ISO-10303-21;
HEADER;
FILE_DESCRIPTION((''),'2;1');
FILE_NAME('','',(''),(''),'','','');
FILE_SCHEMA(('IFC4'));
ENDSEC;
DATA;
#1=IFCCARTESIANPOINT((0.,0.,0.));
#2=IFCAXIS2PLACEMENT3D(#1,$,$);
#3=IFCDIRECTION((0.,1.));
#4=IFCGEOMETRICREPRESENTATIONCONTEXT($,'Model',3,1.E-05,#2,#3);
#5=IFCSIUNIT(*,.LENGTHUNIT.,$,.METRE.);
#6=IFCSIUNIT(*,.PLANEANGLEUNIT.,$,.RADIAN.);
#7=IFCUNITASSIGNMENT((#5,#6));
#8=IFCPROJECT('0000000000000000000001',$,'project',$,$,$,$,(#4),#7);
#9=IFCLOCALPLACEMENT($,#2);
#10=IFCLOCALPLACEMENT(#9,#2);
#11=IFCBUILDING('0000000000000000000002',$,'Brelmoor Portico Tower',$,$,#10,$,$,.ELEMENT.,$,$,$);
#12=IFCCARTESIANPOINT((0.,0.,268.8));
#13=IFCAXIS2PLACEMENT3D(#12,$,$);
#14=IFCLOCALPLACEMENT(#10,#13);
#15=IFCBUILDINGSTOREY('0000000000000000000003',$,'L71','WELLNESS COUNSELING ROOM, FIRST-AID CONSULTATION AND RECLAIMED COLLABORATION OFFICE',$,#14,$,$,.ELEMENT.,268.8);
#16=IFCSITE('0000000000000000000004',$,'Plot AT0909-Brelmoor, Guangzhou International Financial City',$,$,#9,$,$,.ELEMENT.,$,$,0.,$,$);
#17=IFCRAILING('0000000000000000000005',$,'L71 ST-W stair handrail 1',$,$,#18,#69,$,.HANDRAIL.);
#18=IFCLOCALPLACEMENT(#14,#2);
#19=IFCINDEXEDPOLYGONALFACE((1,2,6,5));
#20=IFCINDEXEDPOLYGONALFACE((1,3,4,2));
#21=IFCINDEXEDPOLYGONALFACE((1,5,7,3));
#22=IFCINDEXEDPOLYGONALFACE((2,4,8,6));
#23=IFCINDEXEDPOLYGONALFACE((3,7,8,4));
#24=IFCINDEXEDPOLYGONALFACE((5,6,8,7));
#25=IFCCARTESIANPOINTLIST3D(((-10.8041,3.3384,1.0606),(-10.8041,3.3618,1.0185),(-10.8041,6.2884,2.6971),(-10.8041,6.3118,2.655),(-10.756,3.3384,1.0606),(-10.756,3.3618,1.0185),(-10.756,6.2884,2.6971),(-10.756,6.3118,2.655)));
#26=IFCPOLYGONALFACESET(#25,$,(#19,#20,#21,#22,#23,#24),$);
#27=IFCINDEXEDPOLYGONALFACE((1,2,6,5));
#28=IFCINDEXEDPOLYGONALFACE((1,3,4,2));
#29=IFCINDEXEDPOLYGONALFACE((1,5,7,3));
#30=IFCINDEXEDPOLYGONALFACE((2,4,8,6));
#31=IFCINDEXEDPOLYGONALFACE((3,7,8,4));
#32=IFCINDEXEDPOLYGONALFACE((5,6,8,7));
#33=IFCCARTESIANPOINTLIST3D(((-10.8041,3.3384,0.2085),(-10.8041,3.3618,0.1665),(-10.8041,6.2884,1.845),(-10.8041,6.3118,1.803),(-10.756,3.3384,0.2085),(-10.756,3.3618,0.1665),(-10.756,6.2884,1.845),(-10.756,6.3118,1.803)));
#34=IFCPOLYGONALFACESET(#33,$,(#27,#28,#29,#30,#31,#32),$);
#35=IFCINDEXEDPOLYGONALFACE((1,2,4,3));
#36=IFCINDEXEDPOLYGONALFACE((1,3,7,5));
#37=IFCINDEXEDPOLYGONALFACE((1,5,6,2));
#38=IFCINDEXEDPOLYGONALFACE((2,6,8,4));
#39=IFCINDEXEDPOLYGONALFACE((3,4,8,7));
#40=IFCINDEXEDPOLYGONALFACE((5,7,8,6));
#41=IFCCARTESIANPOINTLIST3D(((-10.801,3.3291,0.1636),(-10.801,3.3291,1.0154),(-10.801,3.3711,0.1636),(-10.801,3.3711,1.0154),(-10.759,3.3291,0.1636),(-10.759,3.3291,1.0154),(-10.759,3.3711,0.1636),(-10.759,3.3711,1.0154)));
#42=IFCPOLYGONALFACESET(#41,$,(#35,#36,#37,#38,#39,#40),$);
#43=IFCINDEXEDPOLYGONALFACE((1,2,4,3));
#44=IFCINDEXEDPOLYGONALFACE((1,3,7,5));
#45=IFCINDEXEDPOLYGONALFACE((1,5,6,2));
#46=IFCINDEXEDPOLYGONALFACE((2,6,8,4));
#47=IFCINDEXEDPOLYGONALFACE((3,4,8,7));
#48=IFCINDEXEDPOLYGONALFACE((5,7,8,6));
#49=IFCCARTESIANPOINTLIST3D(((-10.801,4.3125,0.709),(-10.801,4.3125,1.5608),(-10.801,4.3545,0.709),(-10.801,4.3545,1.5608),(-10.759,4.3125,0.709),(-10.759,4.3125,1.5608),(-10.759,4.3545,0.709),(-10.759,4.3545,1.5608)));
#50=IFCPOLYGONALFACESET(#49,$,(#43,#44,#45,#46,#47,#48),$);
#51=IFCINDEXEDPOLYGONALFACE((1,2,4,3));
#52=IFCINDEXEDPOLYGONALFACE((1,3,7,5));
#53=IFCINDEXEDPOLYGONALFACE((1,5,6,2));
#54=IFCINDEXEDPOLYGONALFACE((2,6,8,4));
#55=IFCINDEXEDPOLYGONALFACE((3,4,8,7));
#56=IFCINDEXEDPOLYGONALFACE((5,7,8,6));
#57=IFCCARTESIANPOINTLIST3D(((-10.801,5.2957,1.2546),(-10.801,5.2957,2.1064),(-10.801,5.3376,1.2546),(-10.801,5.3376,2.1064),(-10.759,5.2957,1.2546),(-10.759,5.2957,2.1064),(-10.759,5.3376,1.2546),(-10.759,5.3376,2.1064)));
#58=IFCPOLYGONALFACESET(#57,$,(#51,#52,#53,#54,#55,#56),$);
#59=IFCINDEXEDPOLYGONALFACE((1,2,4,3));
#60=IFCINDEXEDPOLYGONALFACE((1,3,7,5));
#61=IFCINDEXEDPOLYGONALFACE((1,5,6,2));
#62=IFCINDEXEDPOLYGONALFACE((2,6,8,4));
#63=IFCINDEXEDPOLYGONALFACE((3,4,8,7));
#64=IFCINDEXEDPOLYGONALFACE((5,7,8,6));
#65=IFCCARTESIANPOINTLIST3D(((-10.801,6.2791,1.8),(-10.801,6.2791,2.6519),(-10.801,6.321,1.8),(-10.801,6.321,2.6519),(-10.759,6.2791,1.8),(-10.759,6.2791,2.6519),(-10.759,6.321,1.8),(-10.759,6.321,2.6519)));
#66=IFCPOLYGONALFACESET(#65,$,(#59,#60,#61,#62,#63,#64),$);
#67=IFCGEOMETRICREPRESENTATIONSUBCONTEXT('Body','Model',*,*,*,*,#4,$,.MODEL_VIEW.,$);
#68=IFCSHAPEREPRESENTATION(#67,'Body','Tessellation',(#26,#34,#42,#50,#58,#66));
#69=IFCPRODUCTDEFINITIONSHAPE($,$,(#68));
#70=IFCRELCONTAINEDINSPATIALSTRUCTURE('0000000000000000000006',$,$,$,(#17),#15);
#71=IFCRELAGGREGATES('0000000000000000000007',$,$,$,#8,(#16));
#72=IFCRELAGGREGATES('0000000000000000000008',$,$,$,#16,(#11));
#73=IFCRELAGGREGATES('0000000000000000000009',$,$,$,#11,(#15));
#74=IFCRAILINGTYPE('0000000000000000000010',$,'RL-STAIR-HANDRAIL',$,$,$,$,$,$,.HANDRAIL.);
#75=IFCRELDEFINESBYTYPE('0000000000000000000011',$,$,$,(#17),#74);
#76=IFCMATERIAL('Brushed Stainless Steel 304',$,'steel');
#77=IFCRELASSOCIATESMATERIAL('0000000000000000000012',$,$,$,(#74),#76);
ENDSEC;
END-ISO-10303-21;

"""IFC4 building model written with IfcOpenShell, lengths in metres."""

from ifc_helpers import new_model, si_unit, direction, frame, origin, origin_2d, place, context, subcontext, project, spatial, rectangle, extrude, material, type_object, element, save


model = new_model("IFC4")

# Units and contexts
model_context = context("Model", 3, precision=1e-05, world=origin(), true_north=direction((0.0, 1.0)))
body_context = subcontext(model_context, "Body", "Model", "MODEL_VIEW")
ifc_project = project(units=[si_unit("LENGTHUNIT", "METRE"), si_unit("PLANEANGLEUNIT", "RADIAN")], contexts=[model_context])

# Site, building, storey
site_placement = place(None, origin())
site = spatial("IfcSite", under=ifc_project, at=site_placement, Name="Plot AT0909-Brelmoor, Guangzhou International Financial City", CompositionType="ELEMENT", RefElevation=0.0)
building_placement = place(site_placement, origin())
building = spatial("IfcBuilding", under=site, at=building_placement, Name="Brelmoor Portico Tower", CompositionType="ELEMENT")
storey_placement = place(building_placement, frame((0.0, 0.0, 268.8)))
storey = spatial("IfcBuildingStorey", under=building, at=storey_placement, Name="L71", Description="WELLNESS COUNSELING ROOM, FIRST-AID CONSULTATION AND RECLAIMED COLLABORATION OFFICE", CompositionType="ELEMENT", Elevation=268.8)

# Railing
ifc_material_1 = material(Name="Brushed Stainless Steel 304", Category="steel")
railing_type_1 = type_object("IfcRailingType", Name="RL-STAIR-HANDRAIL", PredefinedType="HANDRAIL", material=ifc_material_1)
railing_1_placement = place(storey_placement, frame((-10.78, 3.3501, 0.1636)))
element("IfcRailing", 1, at=railing_1_placement, inside=storey, type_object=railing_type_1, Name="L71 ST-W stair handrail 1", PredefinedType="HANDRAIL", context=body_context, shape_type="SweptSolid", body=[
    extrude(rectangle(XDim=0.0481, YDim=0.0481, at=origin_2d()), frame((0.0, 0.0, 0.876), z_axis=(0.0, 0.874458, 0.485102), x_axis=(-1.0, 0.0, 0.0)), (0.0, 0.0, 1.0), 3.3735),
    extrude(rectangle(XDim=0.0481, YDim=0.0481, at=origin_2d()), frame((0.0, 0.0, 0.0239), z_axis=(0.0, 0.874458, 0.485102), x_axis=(-1.0, 0.0, 0.0)), (0.0, 0.0, 1.0), 3.3735),
    extrude(rectangle(XDim=0.042, YDim=0.042, at=origin_2d()), origin(), (0.0, 0.0, 1.0), 0.8518),
    extrude(rectangle(XDim=0.042, YDim=0.042, at=origin_2d()), frame((0.0, 0.9834, 0.5454)), (0.0, 0.0, 1.0), 0.8518),
    extrude(rectangle(XDim=0.042, YDim=0.042, at=origin_2d()), frame((0.0, 1.9666, 1.0911)), (0.0, 0.0, 1.0), 0.8518),
    extrude(rectangle(XDim=0.042, YDim=0.042, at=origin_2d()), frame((0.0, 2.95, 1.6365)), (0.0, 0.0, 1.0), 0.8518),
])

save(model, "model.ifc")
